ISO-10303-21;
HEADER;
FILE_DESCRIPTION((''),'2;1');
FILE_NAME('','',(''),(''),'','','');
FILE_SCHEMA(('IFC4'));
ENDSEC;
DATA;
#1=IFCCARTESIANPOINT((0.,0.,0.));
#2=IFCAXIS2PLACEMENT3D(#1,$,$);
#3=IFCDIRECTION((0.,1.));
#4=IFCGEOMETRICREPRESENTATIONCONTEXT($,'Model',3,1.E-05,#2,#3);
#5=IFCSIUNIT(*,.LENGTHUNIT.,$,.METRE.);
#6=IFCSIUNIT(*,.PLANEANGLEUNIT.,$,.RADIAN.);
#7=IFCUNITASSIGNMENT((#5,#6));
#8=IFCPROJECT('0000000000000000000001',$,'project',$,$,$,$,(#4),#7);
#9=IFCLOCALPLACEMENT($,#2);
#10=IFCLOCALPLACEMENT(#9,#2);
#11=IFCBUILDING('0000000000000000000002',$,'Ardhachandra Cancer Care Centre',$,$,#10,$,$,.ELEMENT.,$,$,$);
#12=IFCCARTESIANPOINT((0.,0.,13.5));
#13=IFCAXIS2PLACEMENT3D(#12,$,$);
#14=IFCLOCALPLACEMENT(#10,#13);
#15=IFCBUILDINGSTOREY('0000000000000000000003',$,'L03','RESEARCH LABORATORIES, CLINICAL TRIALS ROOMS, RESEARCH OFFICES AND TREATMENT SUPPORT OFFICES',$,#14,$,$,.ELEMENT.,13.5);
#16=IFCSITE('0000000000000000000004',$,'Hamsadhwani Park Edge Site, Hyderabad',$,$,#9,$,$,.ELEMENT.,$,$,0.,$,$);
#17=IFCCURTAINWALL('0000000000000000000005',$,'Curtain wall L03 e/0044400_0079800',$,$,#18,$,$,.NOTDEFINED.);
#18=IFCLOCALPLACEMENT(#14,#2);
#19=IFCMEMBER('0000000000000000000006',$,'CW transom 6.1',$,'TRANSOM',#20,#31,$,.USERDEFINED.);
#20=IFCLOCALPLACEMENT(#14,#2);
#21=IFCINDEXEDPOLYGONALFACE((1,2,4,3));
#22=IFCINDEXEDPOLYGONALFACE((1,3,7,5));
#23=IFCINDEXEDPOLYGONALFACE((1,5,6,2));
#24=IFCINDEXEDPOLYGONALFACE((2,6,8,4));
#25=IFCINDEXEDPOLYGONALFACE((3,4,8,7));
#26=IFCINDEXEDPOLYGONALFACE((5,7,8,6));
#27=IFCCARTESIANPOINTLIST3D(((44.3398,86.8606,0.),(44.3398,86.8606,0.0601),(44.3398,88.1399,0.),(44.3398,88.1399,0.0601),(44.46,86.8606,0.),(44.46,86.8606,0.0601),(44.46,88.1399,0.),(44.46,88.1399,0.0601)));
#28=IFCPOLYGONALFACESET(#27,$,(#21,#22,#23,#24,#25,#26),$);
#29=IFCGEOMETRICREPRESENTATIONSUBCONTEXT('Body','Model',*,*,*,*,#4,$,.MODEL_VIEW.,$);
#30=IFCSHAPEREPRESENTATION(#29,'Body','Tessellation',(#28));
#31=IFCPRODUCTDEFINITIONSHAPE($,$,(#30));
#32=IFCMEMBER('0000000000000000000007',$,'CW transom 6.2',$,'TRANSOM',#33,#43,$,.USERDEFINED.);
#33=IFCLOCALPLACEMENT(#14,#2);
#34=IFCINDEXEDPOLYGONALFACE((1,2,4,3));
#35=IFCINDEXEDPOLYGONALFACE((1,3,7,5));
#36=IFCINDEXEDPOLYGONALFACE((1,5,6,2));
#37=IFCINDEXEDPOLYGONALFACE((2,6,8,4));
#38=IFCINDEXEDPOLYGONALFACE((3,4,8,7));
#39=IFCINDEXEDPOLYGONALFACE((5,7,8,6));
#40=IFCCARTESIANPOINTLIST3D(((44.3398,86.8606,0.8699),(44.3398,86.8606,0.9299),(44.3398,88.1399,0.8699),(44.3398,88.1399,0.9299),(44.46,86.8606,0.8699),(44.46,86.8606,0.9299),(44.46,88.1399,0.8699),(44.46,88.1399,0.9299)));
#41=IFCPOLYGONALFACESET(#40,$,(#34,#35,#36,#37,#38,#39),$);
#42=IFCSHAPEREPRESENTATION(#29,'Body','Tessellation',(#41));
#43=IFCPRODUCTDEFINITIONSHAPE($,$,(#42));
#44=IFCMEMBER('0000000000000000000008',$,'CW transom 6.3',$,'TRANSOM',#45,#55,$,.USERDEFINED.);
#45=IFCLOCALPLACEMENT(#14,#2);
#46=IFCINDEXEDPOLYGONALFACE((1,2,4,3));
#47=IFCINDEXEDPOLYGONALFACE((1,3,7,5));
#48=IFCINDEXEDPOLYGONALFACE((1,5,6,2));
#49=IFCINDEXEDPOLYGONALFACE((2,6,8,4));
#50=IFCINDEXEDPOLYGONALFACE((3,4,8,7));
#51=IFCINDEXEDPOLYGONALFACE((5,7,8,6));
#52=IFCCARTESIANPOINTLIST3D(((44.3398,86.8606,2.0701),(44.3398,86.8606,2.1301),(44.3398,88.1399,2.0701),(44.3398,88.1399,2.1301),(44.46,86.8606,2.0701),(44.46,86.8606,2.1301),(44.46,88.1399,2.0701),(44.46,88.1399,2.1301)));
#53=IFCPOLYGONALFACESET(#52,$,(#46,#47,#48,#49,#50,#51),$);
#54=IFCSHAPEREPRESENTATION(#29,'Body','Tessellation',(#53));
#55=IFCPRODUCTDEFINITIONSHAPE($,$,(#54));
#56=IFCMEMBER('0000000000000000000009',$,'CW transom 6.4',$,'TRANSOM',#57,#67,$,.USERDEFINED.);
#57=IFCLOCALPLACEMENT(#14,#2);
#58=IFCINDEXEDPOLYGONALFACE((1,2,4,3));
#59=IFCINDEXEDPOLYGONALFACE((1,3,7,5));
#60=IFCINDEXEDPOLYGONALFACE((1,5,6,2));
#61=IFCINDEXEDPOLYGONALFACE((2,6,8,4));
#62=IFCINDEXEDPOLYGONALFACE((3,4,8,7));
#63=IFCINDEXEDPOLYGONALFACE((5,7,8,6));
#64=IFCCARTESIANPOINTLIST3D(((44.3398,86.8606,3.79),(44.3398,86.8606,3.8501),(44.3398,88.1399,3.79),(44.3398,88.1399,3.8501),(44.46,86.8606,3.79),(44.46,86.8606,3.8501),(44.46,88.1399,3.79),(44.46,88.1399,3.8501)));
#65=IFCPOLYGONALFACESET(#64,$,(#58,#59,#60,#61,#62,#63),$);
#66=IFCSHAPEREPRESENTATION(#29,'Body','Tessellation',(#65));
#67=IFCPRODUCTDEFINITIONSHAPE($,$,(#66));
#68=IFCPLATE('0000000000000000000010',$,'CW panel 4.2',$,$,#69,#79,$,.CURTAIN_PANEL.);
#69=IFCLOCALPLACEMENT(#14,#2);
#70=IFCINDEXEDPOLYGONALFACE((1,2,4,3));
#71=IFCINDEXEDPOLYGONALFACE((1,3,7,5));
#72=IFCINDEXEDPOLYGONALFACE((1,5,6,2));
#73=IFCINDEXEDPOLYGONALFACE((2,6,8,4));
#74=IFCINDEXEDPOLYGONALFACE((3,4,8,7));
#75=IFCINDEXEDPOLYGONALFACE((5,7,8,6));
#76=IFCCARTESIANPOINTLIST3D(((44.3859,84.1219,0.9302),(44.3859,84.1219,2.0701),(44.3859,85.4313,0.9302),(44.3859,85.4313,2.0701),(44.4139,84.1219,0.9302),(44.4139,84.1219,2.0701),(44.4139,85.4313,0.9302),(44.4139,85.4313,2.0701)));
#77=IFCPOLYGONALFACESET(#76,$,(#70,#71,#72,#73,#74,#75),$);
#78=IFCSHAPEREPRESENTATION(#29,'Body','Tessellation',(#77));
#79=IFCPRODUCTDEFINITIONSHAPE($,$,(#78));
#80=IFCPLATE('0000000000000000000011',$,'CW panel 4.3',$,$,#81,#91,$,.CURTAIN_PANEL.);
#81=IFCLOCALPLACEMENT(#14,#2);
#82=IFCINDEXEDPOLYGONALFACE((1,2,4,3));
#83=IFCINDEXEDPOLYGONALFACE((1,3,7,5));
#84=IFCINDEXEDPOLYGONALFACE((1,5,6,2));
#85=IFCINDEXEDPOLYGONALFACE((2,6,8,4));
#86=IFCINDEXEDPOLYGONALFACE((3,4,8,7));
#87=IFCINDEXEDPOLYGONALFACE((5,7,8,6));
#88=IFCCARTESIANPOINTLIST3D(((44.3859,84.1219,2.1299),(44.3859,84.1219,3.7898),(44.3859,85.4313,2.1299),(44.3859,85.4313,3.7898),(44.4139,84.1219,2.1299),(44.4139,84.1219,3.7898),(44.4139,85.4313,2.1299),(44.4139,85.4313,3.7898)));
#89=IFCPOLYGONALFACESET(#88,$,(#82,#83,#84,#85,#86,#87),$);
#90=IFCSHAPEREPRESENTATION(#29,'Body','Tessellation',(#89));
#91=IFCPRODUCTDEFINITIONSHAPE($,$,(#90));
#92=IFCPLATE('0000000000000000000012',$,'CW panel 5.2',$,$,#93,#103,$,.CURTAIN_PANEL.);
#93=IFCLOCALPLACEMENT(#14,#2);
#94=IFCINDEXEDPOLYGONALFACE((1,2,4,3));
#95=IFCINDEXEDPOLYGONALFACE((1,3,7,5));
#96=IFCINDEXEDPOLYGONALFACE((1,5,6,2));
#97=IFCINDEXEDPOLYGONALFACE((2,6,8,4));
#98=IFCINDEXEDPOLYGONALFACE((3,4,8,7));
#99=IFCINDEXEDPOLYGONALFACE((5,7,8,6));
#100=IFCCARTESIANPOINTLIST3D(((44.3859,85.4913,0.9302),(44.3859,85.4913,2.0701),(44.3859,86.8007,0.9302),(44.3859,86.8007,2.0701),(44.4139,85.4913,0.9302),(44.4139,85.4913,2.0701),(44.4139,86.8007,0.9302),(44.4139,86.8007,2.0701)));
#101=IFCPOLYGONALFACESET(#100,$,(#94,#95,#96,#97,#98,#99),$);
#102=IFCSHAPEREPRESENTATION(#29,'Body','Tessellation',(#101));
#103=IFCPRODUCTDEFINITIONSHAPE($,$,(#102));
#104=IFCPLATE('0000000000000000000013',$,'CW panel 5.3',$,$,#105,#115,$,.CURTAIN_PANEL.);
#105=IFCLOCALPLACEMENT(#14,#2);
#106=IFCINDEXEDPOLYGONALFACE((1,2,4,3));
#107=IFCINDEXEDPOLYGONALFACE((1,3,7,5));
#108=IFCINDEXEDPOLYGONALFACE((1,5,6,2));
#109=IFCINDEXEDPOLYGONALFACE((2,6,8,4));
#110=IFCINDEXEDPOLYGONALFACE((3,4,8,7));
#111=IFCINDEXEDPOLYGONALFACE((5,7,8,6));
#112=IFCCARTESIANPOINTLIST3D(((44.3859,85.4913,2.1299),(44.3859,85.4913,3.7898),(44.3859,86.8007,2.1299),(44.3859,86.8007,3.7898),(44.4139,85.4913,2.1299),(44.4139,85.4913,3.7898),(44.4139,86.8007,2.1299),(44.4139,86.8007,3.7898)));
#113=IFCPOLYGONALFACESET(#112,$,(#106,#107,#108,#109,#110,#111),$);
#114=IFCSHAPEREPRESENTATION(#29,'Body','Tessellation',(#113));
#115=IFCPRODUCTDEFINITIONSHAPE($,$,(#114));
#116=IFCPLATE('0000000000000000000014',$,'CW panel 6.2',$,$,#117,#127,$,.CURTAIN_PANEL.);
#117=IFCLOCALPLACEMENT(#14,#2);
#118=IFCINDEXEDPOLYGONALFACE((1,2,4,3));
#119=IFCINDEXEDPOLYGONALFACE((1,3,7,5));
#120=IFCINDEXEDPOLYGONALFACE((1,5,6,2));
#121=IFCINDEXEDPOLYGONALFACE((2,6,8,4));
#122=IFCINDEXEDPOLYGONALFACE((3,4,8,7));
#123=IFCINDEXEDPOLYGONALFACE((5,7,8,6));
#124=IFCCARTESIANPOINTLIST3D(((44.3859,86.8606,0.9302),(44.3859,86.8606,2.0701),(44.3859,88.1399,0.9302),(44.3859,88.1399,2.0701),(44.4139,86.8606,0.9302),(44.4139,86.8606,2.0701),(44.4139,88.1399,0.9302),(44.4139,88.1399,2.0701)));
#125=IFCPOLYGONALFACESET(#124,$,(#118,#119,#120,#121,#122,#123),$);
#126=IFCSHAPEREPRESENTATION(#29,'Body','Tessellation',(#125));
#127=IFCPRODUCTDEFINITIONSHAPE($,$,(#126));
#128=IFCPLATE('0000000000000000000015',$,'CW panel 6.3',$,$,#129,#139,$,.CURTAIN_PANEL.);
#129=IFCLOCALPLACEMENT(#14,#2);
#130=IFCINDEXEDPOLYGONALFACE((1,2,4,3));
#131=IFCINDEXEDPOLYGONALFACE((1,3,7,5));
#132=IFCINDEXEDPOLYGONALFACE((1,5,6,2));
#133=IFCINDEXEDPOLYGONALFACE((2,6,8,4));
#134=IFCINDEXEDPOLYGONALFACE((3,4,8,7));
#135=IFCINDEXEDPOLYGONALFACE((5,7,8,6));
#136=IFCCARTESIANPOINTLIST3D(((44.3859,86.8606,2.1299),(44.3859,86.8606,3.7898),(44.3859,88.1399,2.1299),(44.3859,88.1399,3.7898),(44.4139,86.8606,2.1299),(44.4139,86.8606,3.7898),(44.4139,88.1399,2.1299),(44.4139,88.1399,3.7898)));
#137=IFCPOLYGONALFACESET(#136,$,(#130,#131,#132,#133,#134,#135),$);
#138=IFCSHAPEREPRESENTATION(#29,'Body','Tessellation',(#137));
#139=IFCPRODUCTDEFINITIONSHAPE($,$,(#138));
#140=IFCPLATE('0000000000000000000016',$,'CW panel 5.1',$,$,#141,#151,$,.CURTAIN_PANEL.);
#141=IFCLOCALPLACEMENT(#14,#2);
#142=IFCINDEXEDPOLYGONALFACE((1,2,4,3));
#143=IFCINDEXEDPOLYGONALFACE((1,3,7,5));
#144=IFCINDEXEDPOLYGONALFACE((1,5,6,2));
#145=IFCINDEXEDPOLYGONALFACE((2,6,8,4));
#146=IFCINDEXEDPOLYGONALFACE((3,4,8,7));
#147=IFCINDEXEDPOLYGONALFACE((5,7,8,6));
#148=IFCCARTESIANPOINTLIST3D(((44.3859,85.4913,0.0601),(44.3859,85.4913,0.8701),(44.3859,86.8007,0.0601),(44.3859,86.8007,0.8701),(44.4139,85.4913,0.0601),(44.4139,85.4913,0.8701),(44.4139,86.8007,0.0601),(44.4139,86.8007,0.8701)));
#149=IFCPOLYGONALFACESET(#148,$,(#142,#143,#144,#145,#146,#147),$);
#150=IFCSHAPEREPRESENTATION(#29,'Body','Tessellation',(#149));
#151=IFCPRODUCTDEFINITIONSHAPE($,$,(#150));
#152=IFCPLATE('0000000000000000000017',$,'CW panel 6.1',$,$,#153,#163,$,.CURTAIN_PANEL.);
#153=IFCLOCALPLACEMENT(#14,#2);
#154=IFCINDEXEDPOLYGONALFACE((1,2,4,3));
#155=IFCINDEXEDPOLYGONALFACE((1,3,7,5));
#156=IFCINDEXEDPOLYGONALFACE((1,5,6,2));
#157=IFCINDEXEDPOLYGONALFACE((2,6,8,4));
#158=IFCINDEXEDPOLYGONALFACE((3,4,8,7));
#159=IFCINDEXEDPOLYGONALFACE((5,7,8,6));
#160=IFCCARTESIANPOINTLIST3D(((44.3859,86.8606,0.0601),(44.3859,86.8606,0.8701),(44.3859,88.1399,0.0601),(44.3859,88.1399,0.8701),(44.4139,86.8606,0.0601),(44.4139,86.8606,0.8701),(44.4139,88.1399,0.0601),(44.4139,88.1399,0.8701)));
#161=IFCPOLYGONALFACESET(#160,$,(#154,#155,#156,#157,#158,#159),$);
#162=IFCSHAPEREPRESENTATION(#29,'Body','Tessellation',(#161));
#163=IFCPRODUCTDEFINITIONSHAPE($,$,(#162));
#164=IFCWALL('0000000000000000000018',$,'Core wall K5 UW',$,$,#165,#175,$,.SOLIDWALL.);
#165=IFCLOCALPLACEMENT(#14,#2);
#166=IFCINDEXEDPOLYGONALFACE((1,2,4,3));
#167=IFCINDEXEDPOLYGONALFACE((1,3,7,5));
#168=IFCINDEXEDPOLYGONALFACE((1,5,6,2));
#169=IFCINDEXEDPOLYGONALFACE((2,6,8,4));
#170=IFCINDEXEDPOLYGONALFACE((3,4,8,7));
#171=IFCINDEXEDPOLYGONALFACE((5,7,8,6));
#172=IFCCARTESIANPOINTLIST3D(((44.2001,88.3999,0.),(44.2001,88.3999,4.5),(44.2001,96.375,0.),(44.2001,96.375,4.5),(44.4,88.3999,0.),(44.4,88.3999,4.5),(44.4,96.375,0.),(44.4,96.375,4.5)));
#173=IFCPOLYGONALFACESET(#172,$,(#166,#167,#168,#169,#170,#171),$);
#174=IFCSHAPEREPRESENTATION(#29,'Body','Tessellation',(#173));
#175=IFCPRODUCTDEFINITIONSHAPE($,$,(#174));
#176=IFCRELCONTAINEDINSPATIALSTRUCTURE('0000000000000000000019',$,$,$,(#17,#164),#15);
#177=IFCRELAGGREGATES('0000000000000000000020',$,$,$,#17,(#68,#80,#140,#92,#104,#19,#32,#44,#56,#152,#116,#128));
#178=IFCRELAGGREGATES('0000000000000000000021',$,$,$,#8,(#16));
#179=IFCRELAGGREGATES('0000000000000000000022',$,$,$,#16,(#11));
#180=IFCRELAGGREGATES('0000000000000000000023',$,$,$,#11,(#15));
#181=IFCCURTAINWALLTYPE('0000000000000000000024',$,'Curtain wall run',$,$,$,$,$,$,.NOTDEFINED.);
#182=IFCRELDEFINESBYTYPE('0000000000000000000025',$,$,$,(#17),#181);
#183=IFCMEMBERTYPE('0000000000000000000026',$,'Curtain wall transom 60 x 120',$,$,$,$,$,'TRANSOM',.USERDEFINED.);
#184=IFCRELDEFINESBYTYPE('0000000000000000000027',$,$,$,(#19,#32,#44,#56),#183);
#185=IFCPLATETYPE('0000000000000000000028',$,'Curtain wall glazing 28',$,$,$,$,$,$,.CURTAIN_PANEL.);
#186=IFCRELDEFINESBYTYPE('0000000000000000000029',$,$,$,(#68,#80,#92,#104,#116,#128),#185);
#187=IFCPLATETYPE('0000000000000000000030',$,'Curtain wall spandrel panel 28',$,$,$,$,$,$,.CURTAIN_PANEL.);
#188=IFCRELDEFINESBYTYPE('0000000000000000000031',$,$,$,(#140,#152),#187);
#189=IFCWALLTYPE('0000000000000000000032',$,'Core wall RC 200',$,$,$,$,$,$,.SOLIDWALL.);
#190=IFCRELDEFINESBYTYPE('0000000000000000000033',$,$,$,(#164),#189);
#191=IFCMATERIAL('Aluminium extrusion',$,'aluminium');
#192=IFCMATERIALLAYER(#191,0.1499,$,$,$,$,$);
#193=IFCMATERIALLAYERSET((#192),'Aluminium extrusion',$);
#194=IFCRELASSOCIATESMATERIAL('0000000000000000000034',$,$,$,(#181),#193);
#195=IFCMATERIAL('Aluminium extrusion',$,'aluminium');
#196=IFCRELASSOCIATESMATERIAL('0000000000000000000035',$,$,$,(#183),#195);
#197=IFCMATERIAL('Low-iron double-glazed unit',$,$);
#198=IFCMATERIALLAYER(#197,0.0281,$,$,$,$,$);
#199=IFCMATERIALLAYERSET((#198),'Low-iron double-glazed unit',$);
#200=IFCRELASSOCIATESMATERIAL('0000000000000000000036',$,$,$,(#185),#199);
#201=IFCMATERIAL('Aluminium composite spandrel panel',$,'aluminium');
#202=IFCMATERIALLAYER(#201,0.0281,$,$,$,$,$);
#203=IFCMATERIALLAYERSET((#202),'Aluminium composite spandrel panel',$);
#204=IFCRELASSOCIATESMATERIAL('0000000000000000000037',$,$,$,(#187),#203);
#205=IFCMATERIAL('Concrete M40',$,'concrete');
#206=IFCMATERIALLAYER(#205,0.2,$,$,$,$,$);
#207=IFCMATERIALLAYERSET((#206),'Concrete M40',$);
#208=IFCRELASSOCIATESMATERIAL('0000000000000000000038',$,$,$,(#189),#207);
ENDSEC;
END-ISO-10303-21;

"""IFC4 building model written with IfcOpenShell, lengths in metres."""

from ifc_helpers import new_model, si_unit, direction, frame, frame_2d, origin, origin_2d, place, context, subcontext, project, spatial, rectangle, extrude, material, layer, layer_set, material_profile, profile_set, type_object, element, aggregate, save


model = new_model("IFC4")

# Units and contexts
model_context = context("Model", 3, precision=1e-05, world=origin(), true_north=direction((0.0, 1.0)))
body_context = subcontext(model_context, "Body", "Model", "MODEL_VIEW")
ifc_project = project(units=[si_unit("LENGTHUNIT", "METRE"), si_unit("PLANEANGLEUNIT", "RADIAN")], contexts=[model_context])

# Site, building, storey
site_placement = place(None, origin())
site = spatial("IfcSite", under=ifc_project, at=site_placement, Name="Hamsadhwani Park Edge Site, Hyderabad", CompositionType="ELEMENT", RefElevation=0.0)
building_placement = place(site_placement, origin())
building = spatial("IfcBuilding", under=site, at=building_placement, Name="Ardhachandra Cancer Care Centre", CompositionType="ELEMENT")
storey_placement = place(building_placement, frame((0.0, 0.0, 13.5)))
storey = spatial("IfcBuildingStorey", under=building, at=storey_placement, Name="L03", Description="RESEARCH LABORATORIES, CLINICAL TRIALS ROOMS, RESEARCH OFFICES AND TREATMENT SUPPORT OFFICES", CompositionType="ELEMENT", Elevation=13.5)

# Curtain wall, members, plates
ifc_material_1 = material(Name="Aluminium extrusion", Category="aluminium")
ifc_layer_1 = layer(ifc_material_1, 0.1499)
ifc_layer_set_1 = layer_set([ifc_layer_1], Name="Aluminium extrusion")
curtain_wall_type = type_object("IfcCurtainWallType", Name="Curtain wall run", PredefinedType="NOTDEFINED", material=ifc_layer_set_1)
curtain_wall_placement = place(storey_placement, origin())
curtain_wall = element("IfcCurtainWall", 1, at=curtain_wall_placement, inside=storey, type_object=curtain_wall_type, Name="Curtain wall L03 e/0044400_0079800", PredefinedType="NOTDEFINED")
ifc_material_2 = material(Name="Aluminium extrusion", Category="aluminium")
ifc_material_profile_1 = material_profile(ifc_material_2, rectangle(XDim=0.1201, YDim=0.0601, at=origin_2d()), Name="Curtain wall transom 60 x 120")
ifc_profile_set_1 = profile_set([ifc_material_profile_1], Name="Aluminium extrusion")
member_type_1 = type_object("IfcMemberType", Name="Curtain wall transom 60 x 120", ElementType="TRANSOM", PredefinedType="USERDEFINED", material=ifc_profile_set_1)
member_1_placement = place(storey_placement, frame((44.3999, 86.8606, 0.03), z_axis=(0.0, 1.0, 0.0), x_axis=(-1.0, 0.0, 0.0)))
member_1 = element("IfcMember", 2, at=member_1_placement, type_object=member_type_1, Name="CW transom 6.1", ObjectType="TRANSOM", PredefinedType="USERDEFINED", context=body_context, shape_type="SweptSolid", body=[
    extrude(rectangle(XDim=0.1201, YDim=0.0601, at=origin_2d()), origin(), (0.0, 0.0, 1.0), 1.2793),
])
member_2_placement = place(storey_placement, frame((44.3999, 86.8606, 0.8999), z_axis=(0.0, 1.0, 0.0), x_axis=(-1.0, 0.0, 0.0)))
member_2 = element("IfcMember", 3, at=member_2_placement, type_object=member_type_1, Name="CW transom 6.2", ObjectType="TRANSOM", PredefinedType="USERDEFINED", context=body_context, shape_type="SweptSolid", body=[
    extrude(rectangle(XDim=0.1201, YDim=0.0601, at=origin_2d()), origin(), (0.0, 0.0, 1.0), 1.2793),
])
member_3_placement = place(storey_placement, frame((44.3999, 86.8606, 2.1001), z_axis=(0.0, 1.0, 0.0), x_axis=(-1.0, 0.0, 0.0)))
member_3 = element("IfcMember", 4, at=member_3_placement, type_object=member_type_1, Name="CW transom 6.3", ObjectType="TRANSOM", PredefinedType="USERDEFINED", context=body_context, shape_type="SweptSolid", body=[
    extrude(rectangle(XDim=0.1201, YDim=0.0601, at=origin_2d()), origin(), (0.0, 0.0, 1.0), 1.2793),
])
member_4_placement = place(storey_placement, frame((44.3999, 86.8606, 3.8201), z_axis=(0.0, 1.0, 0.0), x_axis=(-1.0, 0.0, 0.0)))
member_4 = element("IfcMember", 5, at=member_4_placement, type_object=member_type_1, Name="CW transom 6.4", ObjectType="TRANSOM", PredefinedType="USERDEFINED", context=body_context, shape_type="SweptSolid", body=[
    extrude(rectangle(XDim=0.1201, YDim=0.0601, at=origin_2d()), origin(), (0.0, 0.0, 1.0), 1.2793),
])
ifc_material_3 = material(Name="Low-iron double-glazed unit")
ifc_layer_2 = layer(ifc_material_3, 0.0281)
ifc_layer_set_2 = layer_set([ifc_layer_2], Name="Low-iron double-glazed unit")
plate_type_1 = type_object("IfcPlateType", Name="Curtain wall glazing 28", PredefinedType="CURTAIN_PANEL", material=ifc_layer_set_2)
plate_1_placement = place(storey_placement, frame((44.3999, 84.7766, 0.9302), z_axis=(0.0, 0.0, 1.0), x_axis=(0.0, 1.0, 0.0)))
plate_1 = element("IfcPlate", 6, at=plate_1_placement, type_object=plate_type_1, Name="CW panel 4.2", PredefinedType="CURTAIN_PANEL", context=body_context, shape_type="SweptSolid", body=[
    extrude(rectangle(XDim=1.3093, YDim=0.0281, at=origin_2d()), origin(), (0.0, 0.0, 1.0), 1.1399),
])
plate_2_placement = place(storey_placement, frame((44.3999, 84.7766, 2.1299), z_axis=(0.0, 0.0, 1.0), x_axis=(0.0, 1.0, 0.0)))
plate_2 = element("IfcPlate", 7, at=plate_2_placement, type_object=plate_type_1, Name="CW panel 4.3", PredefinedType="CURTAIN_PANEL", context=body_context, shape_type="SweptSolid", body=[
    extrude(rectangle(XDim=1.3093, YDim=0.0281, at=origin_2d()), origin(), (0.0, 0.0, 1.0), 1.6599),
])
plate_3_placement = place(storey_placement, frame((44.3999, 86.146, 0.9302), z_axis=(0.0, 0.0, 1.0), x_axis=(0.0, 1.0, 0.0)))
plate_3 = element("IfcPlate", 8, at=plate_3_placement, type_object=plate_type_1, Name="CW panel 5.2", PredefinedType="CURTAIN_PANEL", context=body_context, shape_type="SweptSolid", body=[
    extrude(rectangle(XDim=1.3093, YDim=0.0281, at=origin_2d()), origin(), (0.0, 0.0, 1.0), 1.1399),
])
plate_4_placement = place(storey_placement, frame((44.3999, 86.146, 2.1299), z_axis=(0.0, 0.0, 1.0), x_axis=(0.0, 1.0, 0.0)))
plate_4 = element("IfcPlate", 9, at=plate_4_placement, type_object=plate_type_1, Name="CW panel 5.3", PredefinedType="CURTAIN_PANEL", context=body_context, shape_type="SweptSolid", body=[
    extrude(rectangle(XDim=1.3093, YDim=0.0281, at=origin_2d()), origin(), (0.0, 0.0, 1.0), 1.6599),
])
plate_5_placement = place(storey_placement, frame((44.3999, 87.5002, 0.9302), z_axis=(0.0, 0.0, 1.0), x_axis=(0.0, 1.0, 0.0)))
plate_5 = element("IfcPlate", 10, at=plate_5_placement, type_object=plate_type_1, Name="CW panel 6.2", PredefinedType="CURTAIN_PANEL", context=body_context, shape_type="SweptSolid", body=[
    extrude(rectangle(XDim=1.2793, YDim=0.0281, at=origin_2d()), origin(), (0.0, 0.0, 1.0), 1.1399),
])
plate_6_placement = place(storey_placement, frame((44.3999, 87.5002, 2.1299), z_axis=(0.0, 0.0, 1.0), x_axis=(0.0, 1.0, 0.0)))
plate_6 = element("IfcPlate", 11, at=plate_6_placement, type_object=plate_type_1, Name="CW panel 6.3", PredefinedType="CURTAIN_PANEL", context=body_context, shape_type="SweptSolid", body=[
    extrude(rectangle(XDim=1.2793, YDim=0.0281, at=origin_2d()), origin(), (0.0, 0.0, 1.0), 1.6599),
])
ifc_material_4 = material(Name="Aluminium composite spandrel panel", Category="aluminium")
ifc_layer_3 = layer(ifc_material_4, 0.0281)
ifc_layer_set_3 = layer_set([ifc_layer_3], Name="Aluminium composite spandrel panel")
plate_type_2 = type_object("IfcPlateType", Name="Curtain wall spandrel panel 28", PredefinedType="CURTAIN_PANEL", material=ifc_layer_set_3)
plate_7_placement = place(storey_placement, frame((44.3999, 86.146, 0.0601), z_axis=(0.0, 0.0, 1.0), x_axis=(0.0, 1.0, 0.0)))
plate_7 = element("IfcPlate", 12, at=plate_7_placement, type_object=plate_type_2, Name="CW panel 5.1", PredefinedType="CURTAIN_PANEL", context=body_context, shape_type="SweptSolid", body=[
    extrude(rectangle(XDim=1.3093, YDim=0.0281, at=origin_2d()), origin(), (0.0, 0.0, 1.0), 0.8101),
])
plate_8_placement = place(storey_placement, frame((44.3999, 87.5002, 0.0601), z_axis=(0.0, 0.0, 1.0), x_axis=(0.0, 1.0, 0.0)))
plate_8 = element("IfcPlate", 13, at=plate_8_placement, type_object=plate_type_2, Name="CW panel 6.1", PredefinedType="CURTAIN_PANEL", context=body_context, shape_type="SweptSolid", body=[
    extrude(rectangle(XDim=1.2793, YDim=0.0281, at=origin_2d()), origin(), (0.0, 0.0, 1.0), 0.8101),
])
aggregate(curtain_wall, [plate_1, plate_2, plate_7, plate_3, plate_4, member_1, member_2, member_3, member_4, plate_8, plate_5, plate_6])

# Wall
ifc_material_5 = material(Name="Concrete M40", Category="concrete")
ifc_layer_4 = layer(ifc_material_5, 0.2)
ifc_layer_set_4 = layer_set([ifc_layer_4], Name="Concrete M40")
wall_type = type_object("IfcWallType", Name="Core wall RC 200", PredefinedType="SOLIDWALL", material=ifc_layer_set_4)
wall_1_placement = place(storey_placement, frame((44.3, 88.3999, 0.0), z_axis=(0.0, 0.0, 1.0), x_axis=(0.0, 1.0, 0.0)))
element("IfcWall", 14, at=wall_1_placement, inside=storey, type_object=wall_type, Name="Core wall K5 UW", PredefinedType="SOLIDWALL", context=body_context, shape_type="SweptSolid", body=[
    extrude(rectangle(XDim=7.9751, YDim=0.2, at=frame_2d((3.9875, 0.0))), origin(), (0.0, 0.0, 1.0), 4.5),
])

save(model, "model.ifc")
